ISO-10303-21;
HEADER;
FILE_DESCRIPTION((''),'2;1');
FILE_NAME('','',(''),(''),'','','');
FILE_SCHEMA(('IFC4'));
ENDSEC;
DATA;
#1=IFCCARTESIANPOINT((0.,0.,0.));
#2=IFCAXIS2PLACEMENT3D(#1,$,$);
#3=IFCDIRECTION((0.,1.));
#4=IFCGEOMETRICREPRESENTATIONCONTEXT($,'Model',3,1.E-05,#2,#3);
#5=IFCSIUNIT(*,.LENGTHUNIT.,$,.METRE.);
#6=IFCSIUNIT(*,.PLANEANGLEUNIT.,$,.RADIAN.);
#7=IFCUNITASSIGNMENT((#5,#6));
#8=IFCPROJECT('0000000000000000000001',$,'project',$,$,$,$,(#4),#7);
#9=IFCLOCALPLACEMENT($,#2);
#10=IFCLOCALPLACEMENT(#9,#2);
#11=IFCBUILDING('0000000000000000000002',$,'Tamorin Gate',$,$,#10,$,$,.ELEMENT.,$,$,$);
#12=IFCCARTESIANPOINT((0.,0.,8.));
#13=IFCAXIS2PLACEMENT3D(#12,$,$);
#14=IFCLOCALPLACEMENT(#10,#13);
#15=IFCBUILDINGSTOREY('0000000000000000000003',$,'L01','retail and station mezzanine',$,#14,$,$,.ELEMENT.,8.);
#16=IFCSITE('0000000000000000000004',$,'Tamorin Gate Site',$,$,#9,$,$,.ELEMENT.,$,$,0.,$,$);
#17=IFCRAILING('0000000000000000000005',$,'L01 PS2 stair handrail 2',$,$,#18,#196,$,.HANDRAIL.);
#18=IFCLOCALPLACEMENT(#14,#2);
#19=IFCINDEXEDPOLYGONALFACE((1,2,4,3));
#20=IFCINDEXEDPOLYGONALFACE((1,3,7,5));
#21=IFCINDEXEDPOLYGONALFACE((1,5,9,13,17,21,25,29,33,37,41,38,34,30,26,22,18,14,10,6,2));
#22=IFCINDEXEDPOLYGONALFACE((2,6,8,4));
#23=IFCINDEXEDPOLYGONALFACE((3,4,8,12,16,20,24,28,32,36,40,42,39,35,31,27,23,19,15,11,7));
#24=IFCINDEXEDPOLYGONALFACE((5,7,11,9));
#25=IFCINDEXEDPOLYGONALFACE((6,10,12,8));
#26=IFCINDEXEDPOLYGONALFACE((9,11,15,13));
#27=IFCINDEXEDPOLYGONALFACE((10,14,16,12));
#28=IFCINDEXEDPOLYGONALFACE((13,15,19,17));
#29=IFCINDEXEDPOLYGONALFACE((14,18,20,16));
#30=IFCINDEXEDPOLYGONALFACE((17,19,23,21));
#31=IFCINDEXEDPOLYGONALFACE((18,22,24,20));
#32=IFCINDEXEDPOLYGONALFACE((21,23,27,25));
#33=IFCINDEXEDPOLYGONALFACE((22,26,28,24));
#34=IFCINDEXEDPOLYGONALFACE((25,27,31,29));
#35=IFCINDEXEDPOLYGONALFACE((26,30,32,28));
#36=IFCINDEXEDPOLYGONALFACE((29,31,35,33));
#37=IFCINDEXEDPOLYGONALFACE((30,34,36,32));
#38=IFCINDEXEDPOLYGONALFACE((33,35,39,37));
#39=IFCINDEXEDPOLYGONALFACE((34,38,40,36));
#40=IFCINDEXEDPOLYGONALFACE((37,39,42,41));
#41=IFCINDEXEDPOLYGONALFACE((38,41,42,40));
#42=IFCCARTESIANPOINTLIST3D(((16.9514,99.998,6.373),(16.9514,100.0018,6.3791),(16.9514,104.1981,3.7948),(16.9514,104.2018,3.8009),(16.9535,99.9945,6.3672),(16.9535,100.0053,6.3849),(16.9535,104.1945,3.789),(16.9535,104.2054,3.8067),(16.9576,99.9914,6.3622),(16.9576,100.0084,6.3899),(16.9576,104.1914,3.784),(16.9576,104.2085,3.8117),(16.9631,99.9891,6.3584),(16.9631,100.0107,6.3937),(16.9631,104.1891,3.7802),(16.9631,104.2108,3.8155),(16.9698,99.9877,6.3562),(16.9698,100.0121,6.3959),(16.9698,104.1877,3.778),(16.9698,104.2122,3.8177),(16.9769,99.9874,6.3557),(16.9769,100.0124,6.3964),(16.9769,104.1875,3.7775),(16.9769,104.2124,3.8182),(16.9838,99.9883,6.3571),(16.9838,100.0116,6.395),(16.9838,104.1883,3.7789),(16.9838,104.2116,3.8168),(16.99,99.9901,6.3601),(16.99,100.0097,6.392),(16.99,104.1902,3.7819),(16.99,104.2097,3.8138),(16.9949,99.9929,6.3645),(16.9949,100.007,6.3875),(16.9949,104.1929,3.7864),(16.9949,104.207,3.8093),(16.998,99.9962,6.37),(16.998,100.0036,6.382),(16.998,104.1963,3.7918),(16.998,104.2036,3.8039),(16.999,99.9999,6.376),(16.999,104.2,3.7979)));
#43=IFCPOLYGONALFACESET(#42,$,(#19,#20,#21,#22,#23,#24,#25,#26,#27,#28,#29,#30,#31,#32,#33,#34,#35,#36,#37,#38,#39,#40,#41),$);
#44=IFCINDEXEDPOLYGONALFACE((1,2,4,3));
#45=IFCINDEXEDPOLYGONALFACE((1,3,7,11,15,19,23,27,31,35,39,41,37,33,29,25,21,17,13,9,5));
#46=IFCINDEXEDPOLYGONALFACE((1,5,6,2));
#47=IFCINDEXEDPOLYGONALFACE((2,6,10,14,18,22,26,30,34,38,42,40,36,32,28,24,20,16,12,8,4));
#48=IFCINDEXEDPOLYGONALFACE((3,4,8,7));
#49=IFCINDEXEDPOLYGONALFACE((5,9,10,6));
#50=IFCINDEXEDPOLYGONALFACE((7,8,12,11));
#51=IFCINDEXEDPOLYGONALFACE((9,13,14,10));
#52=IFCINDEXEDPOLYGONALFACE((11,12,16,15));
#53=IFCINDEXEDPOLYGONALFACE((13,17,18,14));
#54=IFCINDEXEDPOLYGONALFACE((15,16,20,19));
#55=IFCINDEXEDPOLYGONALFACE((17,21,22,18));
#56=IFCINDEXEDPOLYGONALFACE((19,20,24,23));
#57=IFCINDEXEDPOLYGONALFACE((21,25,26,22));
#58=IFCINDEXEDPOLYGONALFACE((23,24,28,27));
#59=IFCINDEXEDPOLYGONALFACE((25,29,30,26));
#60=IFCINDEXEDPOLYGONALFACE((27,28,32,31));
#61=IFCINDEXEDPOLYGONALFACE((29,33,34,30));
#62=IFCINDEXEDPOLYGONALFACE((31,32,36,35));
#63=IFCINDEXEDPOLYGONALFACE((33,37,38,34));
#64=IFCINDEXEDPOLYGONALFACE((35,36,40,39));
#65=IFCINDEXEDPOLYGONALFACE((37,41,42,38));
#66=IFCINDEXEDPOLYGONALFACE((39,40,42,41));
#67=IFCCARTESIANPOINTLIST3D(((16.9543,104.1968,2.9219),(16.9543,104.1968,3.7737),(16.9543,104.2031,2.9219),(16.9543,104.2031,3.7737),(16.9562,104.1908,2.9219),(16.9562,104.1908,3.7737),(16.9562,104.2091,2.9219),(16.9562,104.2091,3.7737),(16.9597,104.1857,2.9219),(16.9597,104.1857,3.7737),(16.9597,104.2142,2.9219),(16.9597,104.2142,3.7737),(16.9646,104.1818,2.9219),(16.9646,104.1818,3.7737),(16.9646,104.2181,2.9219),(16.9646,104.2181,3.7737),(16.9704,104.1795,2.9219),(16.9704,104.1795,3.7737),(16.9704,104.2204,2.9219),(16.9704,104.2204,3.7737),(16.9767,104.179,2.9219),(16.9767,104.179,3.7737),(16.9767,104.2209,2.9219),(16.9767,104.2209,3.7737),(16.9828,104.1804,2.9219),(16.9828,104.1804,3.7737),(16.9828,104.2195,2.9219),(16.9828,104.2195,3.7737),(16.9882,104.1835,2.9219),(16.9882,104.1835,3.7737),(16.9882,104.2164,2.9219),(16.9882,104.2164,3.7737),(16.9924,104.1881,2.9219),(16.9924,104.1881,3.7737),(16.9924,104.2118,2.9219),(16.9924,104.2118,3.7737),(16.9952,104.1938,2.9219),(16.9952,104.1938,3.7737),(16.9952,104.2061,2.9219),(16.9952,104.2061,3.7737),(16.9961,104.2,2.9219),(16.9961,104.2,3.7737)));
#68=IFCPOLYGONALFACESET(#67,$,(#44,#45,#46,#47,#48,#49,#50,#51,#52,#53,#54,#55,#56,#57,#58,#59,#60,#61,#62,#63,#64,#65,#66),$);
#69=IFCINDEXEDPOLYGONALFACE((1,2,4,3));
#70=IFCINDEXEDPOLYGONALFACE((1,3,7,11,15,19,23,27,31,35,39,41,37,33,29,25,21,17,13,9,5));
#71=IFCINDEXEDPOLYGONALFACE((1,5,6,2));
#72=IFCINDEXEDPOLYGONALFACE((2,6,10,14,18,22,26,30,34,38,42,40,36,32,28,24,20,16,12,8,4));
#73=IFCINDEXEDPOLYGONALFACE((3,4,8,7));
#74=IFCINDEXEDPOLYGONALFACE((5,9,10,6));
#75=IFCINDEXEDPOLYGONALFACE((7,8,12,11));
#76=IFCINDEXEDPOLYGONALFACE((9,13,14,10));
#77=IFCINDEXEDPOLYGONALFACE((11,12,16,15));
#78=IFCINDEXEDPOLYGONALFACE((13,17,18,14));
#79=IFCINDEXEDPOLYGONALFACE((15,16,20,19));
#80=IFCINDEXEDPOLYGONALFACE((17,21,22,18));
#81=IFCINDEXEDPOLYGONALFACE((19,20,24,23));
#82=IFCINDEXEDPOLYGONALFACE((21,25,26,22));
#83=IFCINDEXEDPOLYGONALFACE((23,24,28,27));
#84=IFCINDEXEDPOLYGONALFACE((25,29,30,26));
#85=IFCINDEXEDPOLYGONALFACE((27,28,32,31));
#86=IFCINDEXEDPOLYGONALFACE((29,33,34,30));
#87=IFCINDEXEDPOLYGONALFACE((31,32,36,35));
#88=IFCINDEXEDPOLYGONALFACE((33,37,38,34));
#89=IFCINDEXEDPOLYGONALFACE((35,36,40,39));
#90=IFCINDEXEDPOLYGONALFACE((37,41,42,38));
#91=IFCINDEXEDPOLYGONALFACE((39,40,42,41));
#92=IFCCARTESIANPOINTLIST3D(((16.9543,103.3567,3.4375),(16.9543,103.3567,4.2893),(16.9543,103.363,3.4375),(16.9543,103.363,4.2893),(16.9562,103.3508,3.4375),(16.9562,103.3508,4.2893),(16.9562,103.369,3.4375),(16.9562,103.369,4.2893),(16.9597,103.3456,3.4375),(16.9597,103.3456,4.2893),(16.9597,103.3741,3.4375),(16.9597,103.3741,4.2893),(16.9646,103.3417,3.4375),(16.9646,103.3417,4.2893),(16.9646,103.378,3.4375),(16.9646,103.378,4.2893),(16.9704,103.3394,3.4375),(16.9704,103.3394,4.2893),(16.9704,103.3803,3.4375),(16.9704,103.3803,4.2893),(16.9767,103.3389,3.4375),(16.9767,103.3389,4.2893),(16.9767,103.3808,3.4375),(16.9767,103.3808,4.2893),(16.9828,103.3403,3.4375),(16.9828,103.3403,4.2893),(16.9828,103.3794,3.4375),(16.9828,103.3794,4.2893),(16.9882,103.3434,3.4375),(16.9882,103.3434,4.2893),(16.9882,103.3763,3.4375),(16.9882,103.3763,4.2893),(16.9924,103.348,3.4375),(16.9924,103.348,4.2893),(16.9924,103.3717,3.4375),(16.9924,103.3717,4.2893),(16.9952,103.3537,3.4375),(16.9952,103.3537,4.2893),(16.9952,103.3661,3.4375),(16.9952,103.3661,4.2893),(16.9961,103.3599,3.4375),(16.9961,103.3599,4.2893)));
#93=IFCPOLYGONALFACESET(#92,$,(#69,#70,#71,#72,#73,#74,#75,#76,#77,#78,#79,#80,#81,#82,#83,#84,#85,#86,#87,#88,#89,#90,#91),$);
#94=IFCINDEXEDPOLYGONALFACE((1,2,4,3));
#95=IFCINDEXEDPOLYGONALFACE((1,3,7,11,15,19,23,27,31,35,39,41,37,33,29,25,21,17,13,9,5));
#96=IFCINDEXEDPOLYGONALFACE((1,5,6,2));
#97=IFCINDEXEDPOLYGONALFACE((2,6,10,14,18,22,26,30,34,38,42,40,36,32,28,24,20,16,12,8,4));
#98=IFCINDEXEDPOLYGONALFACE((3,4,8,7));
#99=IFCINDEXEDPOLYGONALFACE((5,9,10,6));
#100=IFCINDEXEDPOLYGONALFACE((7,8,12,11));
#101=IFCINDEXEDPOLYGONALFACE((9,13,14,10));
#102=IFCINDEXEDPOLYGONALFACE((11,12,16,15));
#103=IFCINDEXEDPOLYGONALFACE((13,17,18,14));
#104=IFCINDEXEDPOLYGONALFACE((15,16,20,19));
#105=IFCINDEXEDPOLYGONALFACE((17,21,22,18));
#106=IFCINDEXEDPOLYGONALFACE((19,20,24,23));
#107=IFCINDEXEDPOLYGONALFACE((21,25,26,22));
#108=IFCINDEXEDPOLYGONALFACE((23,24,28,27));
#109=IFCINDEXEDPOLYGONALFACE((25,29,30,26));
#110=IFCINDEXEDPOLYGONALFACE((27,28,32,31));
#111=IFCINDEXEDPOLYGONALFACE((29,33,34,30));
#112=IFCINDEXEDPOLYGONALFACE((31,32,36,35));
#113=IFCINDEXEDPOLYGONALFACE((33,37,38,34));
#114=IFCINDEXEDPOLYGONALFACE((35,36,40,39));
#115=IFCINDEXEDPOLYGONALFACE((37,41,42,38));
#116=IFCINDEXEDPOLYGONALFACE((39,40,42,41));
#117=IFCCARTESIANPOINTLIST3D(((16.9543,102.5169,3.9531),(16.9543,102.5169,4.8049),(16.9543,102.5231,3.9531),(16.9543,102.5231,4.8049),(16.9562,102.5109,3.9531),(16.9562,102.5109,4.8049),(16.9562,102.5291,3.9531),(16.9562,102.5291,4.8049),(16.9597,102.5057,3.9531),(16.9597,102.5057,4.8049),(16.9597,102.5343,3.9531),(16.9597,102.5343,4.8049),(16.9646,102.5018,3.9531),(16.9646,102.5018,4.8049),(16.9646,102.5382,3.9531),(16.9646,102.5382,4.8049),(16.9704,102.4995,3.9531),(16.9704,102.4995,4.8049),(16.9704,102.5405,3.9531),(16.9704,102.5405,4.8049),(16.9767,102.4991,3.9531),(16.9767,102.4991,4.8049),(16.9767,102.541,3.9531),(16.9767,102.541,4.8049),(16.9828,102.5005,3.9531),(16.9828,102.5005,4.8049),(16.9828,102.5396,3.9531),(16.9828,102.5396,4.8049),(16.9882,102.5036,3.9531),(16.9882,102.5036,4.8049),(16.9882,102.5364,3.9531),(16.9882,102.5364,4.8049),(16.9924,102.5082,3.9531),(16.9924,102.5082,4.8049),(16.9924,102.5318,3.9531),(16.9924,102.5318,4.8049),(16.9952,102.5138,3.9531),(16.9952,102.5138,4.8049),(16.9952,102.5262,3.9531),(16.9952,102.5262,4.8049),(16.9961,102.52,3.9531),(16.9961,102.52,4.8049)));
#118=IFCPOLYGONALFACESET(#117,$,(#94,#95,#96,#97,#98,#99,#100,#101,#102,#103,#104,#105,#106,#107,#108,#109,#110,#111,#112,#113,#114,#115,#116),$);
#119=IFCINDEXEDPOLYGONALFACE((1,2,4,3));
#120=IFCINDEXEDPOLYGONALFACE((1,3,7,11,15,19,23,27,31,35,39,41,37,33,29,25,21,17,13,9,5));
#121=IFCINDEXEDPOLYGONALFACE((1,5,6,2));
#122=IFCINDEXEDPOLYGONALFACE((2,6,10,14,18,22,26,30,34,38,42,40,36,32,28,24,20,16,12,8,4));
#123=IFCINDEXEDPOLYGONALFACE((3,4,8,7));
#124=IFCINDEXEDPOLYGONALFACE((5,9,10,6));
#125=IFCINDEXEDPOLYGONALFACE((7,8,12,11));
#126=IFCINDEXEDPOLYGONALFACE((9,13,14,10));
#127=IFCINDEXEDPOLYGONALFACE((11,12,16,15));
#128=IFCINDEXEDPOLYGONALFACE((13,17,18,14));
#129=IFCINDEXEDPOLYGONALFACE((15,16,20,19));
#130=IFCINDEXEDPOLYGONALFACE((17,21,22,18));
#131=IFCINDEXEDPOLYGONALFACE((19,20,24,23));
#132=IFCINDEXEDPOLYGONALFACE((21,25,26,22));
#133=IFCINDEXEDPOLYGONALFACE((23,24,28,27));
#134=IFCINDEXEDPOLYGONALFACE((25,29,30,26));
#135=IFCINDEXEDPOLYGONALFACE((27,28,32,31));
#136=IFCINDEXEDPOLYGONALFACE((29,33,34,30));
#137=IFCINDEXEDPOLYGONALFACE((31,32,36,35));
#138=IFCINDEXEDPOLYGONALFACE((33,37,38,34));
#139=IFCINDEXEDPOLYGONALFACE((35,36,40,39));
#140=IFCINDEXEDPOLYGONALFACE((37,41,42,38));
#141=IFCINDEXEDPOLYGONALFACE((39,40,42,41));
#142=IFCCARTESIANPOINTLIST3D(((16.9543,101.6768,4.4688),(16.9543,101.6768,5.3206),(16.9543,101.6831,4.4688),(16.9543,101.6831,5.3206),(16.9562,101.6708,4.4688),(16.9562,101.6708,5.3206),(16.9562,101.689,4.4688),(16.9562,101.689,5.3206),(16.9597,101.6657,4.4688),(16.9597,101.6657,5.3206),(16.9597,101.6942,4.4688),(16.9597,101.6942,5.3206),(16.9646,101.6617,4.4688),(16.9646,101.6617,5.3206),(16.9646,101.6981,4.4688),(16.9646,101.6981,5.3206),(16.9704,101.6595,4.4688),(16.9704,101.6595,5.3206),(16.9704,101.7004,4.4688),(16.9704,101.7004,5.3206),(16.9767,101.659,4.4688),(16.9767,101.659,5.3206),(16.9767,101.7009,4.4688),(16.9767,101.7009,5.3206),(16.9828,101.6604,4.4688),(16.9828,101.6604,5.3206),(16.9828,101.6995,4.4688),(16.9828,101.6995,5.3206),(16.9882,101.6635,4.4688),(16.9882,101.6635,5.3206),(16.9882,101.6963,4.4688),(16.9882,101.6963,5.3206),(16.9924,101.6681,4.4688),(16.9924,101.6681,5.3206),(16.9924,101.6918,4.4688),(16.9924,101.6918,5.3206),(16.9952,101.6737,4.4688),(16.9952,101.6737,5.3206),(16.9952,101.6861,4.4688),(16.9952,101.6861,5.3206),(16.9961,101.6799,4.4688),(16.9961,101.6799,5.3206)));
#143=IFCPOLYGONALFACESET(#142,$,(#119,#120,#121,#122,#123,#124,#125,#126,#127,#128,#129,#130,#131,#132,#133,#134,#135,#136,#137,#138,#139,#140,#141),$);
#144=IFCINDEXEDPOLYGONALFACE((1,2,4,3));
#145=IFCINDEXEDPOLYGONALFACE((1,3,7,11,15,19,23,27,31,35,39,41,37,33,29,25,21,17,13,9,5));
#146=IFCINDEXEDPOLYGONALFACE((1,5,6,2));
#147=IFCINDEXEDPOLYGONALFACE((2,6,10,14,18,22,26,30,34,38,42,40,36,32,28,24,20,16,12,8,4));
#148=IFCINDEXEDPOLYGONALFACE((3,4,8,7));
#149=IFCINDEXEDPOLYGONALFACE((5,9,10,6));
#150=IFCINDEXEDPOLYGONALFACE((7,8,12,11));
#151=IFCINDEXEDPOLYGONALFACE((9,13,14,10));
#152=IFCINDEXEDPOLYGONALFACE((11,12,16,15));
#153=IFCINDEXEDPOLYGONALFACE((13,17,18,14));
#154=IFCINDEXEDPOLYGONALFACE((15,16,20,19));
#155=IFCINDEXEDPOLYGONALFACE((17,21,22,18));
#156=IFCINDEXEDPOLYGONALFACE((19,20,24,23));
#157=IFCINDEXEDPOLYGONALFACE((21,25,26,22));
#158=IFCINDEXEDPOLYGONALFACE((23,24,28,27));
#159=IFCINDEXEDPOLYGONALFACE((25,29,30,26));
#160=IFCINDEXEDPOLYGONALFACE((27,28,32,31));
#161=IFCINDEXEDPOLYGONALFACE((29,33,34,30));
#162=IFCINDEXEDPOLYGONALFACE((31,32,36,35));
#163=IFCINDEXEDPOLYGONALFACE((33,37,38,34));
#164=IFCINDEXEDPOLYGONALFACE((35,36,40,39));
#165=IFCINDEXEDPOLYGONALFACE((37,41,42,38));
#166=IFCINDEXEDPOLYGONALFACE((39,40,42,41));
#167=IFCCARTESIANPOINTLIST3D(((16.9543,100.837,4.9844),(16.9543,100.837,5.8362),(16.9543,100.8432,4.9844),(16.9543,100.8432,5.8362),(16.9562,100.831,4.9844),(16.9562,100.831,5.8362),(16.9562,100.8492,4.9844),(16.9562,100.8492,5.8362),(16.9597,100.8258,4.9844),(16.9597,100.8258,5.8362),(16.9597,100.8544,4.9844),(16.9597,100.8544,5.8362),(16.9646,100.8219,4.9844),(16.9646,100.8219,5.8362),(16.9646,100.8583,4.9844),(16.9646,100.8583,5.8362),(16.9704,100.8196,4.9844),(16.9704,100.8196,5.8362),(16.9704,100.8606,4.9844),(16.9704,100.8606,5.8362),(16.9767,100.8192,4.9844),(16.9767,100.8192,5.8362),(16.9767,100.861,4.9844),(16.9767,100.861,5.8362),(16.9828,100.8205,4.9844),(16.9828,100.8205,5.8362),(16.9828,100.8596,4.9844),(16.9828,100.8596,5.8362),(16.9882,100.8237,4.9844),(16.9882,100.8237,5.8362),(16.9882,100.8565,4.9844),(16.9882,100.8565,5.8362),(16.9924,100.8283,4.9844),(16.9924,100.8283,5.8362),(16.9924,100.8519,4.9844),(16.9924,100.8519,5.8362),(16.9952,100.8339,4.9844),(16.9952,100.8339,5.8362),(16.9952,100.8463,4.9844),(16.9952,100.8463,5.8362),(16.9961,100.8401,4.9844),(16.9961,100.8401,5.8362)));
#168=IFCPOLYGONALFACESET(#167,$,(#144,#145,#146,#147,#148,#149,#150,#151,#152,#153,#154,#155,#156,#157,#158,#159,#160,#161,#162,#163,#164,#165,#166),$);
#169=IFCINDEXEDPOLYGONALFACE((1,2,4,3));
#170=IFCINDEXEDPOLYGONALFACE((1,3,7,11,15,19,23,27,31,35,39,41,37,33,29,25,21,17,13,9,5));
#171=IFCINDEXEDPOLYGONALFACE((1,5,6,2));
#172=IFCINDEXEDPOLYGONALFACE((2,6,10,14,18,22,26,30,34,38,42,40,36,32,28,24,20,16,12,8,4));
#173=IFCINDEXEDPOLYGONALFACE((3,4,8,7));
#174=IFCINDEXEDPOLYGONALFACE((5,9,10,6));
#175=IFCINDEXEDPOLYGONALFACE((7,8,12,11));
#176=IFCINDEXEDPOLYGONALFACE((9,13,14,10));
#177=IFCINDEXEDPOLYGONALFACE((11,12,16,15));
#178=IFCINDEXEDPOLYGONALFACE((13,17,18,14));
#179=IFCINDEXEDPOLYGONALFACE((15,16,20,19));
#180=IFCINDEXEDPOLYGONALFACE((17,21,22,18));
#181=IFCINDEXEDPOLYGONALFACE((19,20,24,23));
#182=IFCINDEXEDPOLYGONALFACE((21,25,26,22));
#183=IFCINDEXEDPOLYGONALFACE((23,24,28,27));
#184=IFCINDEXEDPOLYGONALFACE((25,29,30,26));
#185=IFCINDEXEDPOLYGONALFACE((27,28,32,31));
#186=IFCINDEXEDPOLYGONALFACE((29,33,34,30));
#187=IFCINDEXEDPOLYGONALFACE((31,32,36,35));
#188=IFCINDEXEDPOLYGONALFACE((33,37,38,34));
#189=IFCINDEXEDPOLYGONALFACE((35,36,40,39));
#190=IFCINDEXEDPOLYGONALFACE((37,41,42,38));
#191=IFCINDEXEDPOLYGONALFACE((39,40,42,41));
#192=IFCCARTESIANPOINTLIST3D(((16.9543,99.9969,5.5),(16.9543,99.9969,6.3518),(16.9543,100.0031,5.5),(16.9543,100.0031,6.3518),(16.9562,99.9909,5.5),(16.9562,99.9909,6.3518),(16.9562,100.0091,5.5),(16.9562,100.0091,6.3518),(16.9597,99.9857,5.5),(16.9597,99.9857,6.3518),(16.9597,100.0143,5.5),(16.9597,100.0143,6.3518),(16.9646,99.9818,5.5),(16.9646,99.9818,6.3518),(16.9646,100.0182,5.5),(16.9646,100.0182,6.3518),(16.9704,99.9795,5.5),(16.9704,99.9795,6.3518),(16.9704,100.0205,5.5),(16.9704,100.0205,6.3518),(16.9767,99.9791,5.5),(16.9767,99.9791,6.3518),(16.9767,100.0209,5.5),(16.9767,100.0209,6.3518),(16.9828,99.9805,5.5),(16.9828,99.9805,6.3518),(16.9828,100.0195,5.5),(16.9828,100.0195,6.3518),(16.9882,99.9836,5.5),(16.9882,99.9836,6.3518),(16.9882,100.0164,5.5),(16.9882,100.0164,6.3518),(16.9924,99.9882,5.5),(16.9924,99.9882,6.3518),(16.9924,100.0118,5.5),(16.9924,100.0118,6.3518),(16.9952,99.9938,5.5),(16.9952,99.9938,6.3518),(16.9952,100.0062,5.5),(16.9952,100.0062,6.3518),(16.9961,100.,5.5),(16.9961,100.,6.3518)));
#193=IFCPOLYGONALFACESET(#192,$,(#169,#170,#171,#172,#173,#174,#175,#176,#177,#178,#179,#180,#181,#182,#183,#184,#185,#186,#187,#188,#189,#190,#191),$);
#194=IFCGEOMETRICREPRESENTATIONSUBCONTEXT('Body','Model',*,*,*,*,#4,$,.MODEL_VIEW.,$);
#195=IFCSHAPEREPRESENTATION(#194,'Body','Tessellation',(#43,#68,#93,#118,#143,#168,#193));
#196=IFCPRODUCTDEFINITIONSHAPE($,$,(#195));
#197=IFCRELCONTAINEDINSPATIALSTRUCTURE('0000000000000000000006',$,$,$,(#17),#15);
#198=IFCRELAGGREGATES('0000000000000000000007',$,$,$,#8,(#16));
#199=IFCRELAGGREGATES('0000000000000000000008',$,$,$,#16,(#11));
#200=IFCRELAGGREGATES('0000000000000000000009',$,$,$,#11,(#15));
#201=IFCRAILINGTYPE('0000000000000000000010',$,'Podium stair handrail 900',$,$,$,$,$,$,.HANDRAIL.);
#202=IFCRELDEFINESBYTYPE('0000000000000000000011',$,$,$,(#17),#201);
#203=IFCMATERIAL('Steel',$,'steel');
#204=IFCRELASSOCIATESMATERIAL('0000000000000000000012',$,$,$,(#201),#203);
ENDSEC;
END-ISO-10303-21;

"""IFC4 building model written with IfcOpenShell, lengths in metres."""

from ifc_helpers import new_model, si_unit, direction, frame, origin, origin_2d, place, context, subcontext, project, spatial, circle, extrude, material, type_object, element, save


model = new_model("IFC4")

# Units and contexts
model_context = context("Model", 3, precision=1e-05, world=origin(), true_north=direction((0.0, 1.0)))
body_context = subcontext(model_context, "Body", "Model", "MODEL_VIEW")
ifc_project = project(units=[si_unit("LENGTHUNIT", "METRE"), si_unit("PLANEANGLEUNIT", "RADIAN")], contexts=[model_context])

# Site, building, storey
site_placement = place(None, origin())
site = spatial("IfcSite", under=ifc_project, at=site_placement, Name="Tamorin Gate Site", CompositionType="ELEMENT", RefElevation=0.0)
building_placement = place(site_placement, origin())
building = spatial("IfcBuilding", under=site, at=building_placement, Name="Tamorin Gate", CompositionType="ELEMENT")
storey_placement = place(building_placement, frame((0.0, 0.0, 8.0)))
storey = spatial("IfcBuildingStorey", under=building, at=storey_placement, Name="L01", Description="retail and station mezzanine", CompositionType="ELEMENT", Elevation=8.0)

# Railing
ifc_material_1 = material(Name="Steel", Category="steel")
railing_type_1 = type_object("IfcRailingType", Name="Podium stair handrail 900", PredefinedType="HANDRAIL", material=ifc_material_1)
railing_1_placement = place(storey_placement, frame((16.9751, 104.2, 2.9219)))
element("IfcRailing", 1, at=railing_1_placement, inside=storey, type_object=railing_type_1, Name="L01 PS2 stair handrail 2", PredefinedType="HANDRAIL", context=body_context, shape_type="SweptSolid", body=[
    extrude(circle(Radius=0.0239, at=origin_2d()), frame((0.0, 0.0, 0.876), z_axis=(0.0, -0.852243, 0.523146), x_axis=(1.0, 0.0, 0.0)), (0.0, 0.0, 1.0), 4.9282),
    extrude(circle(Radius=0.021, at=origin_2d()), origin(), (0.0, 0.0, 1.0), 0.8518),
    extrude(circle(Radius=0.021, at=origin_2d()), frame((0.0, -0.8401, 0.5156)), (0.0, 0.0, 1.0), 0.8518),
    extrude(circle(Radius=0.021, at=origin_2d()), frame((0.0, -1.6799, 1.0312)), (0.0, 0.0, 1.0), 0.8518),
    extrude(circle(Radius=0.021, at=origin_2d()), frame((0.0, -2.52, 1.5469)), (0.0, 0.0, 1.0), 0.8518),
    extrude(circle(Radius=0.021, at=origin_2d()), frame((0.0, -3.3599, 2.0625)), (0.0, 0.0, 1.0), 0.8518),
    extrude(circle(Radius=0.021, at=origin_2d()), frame((0.0, -4.2, 2.5781)), (0.0, 0.0, 1.0), 0.8518),
])

save(model, "model.ifc")
